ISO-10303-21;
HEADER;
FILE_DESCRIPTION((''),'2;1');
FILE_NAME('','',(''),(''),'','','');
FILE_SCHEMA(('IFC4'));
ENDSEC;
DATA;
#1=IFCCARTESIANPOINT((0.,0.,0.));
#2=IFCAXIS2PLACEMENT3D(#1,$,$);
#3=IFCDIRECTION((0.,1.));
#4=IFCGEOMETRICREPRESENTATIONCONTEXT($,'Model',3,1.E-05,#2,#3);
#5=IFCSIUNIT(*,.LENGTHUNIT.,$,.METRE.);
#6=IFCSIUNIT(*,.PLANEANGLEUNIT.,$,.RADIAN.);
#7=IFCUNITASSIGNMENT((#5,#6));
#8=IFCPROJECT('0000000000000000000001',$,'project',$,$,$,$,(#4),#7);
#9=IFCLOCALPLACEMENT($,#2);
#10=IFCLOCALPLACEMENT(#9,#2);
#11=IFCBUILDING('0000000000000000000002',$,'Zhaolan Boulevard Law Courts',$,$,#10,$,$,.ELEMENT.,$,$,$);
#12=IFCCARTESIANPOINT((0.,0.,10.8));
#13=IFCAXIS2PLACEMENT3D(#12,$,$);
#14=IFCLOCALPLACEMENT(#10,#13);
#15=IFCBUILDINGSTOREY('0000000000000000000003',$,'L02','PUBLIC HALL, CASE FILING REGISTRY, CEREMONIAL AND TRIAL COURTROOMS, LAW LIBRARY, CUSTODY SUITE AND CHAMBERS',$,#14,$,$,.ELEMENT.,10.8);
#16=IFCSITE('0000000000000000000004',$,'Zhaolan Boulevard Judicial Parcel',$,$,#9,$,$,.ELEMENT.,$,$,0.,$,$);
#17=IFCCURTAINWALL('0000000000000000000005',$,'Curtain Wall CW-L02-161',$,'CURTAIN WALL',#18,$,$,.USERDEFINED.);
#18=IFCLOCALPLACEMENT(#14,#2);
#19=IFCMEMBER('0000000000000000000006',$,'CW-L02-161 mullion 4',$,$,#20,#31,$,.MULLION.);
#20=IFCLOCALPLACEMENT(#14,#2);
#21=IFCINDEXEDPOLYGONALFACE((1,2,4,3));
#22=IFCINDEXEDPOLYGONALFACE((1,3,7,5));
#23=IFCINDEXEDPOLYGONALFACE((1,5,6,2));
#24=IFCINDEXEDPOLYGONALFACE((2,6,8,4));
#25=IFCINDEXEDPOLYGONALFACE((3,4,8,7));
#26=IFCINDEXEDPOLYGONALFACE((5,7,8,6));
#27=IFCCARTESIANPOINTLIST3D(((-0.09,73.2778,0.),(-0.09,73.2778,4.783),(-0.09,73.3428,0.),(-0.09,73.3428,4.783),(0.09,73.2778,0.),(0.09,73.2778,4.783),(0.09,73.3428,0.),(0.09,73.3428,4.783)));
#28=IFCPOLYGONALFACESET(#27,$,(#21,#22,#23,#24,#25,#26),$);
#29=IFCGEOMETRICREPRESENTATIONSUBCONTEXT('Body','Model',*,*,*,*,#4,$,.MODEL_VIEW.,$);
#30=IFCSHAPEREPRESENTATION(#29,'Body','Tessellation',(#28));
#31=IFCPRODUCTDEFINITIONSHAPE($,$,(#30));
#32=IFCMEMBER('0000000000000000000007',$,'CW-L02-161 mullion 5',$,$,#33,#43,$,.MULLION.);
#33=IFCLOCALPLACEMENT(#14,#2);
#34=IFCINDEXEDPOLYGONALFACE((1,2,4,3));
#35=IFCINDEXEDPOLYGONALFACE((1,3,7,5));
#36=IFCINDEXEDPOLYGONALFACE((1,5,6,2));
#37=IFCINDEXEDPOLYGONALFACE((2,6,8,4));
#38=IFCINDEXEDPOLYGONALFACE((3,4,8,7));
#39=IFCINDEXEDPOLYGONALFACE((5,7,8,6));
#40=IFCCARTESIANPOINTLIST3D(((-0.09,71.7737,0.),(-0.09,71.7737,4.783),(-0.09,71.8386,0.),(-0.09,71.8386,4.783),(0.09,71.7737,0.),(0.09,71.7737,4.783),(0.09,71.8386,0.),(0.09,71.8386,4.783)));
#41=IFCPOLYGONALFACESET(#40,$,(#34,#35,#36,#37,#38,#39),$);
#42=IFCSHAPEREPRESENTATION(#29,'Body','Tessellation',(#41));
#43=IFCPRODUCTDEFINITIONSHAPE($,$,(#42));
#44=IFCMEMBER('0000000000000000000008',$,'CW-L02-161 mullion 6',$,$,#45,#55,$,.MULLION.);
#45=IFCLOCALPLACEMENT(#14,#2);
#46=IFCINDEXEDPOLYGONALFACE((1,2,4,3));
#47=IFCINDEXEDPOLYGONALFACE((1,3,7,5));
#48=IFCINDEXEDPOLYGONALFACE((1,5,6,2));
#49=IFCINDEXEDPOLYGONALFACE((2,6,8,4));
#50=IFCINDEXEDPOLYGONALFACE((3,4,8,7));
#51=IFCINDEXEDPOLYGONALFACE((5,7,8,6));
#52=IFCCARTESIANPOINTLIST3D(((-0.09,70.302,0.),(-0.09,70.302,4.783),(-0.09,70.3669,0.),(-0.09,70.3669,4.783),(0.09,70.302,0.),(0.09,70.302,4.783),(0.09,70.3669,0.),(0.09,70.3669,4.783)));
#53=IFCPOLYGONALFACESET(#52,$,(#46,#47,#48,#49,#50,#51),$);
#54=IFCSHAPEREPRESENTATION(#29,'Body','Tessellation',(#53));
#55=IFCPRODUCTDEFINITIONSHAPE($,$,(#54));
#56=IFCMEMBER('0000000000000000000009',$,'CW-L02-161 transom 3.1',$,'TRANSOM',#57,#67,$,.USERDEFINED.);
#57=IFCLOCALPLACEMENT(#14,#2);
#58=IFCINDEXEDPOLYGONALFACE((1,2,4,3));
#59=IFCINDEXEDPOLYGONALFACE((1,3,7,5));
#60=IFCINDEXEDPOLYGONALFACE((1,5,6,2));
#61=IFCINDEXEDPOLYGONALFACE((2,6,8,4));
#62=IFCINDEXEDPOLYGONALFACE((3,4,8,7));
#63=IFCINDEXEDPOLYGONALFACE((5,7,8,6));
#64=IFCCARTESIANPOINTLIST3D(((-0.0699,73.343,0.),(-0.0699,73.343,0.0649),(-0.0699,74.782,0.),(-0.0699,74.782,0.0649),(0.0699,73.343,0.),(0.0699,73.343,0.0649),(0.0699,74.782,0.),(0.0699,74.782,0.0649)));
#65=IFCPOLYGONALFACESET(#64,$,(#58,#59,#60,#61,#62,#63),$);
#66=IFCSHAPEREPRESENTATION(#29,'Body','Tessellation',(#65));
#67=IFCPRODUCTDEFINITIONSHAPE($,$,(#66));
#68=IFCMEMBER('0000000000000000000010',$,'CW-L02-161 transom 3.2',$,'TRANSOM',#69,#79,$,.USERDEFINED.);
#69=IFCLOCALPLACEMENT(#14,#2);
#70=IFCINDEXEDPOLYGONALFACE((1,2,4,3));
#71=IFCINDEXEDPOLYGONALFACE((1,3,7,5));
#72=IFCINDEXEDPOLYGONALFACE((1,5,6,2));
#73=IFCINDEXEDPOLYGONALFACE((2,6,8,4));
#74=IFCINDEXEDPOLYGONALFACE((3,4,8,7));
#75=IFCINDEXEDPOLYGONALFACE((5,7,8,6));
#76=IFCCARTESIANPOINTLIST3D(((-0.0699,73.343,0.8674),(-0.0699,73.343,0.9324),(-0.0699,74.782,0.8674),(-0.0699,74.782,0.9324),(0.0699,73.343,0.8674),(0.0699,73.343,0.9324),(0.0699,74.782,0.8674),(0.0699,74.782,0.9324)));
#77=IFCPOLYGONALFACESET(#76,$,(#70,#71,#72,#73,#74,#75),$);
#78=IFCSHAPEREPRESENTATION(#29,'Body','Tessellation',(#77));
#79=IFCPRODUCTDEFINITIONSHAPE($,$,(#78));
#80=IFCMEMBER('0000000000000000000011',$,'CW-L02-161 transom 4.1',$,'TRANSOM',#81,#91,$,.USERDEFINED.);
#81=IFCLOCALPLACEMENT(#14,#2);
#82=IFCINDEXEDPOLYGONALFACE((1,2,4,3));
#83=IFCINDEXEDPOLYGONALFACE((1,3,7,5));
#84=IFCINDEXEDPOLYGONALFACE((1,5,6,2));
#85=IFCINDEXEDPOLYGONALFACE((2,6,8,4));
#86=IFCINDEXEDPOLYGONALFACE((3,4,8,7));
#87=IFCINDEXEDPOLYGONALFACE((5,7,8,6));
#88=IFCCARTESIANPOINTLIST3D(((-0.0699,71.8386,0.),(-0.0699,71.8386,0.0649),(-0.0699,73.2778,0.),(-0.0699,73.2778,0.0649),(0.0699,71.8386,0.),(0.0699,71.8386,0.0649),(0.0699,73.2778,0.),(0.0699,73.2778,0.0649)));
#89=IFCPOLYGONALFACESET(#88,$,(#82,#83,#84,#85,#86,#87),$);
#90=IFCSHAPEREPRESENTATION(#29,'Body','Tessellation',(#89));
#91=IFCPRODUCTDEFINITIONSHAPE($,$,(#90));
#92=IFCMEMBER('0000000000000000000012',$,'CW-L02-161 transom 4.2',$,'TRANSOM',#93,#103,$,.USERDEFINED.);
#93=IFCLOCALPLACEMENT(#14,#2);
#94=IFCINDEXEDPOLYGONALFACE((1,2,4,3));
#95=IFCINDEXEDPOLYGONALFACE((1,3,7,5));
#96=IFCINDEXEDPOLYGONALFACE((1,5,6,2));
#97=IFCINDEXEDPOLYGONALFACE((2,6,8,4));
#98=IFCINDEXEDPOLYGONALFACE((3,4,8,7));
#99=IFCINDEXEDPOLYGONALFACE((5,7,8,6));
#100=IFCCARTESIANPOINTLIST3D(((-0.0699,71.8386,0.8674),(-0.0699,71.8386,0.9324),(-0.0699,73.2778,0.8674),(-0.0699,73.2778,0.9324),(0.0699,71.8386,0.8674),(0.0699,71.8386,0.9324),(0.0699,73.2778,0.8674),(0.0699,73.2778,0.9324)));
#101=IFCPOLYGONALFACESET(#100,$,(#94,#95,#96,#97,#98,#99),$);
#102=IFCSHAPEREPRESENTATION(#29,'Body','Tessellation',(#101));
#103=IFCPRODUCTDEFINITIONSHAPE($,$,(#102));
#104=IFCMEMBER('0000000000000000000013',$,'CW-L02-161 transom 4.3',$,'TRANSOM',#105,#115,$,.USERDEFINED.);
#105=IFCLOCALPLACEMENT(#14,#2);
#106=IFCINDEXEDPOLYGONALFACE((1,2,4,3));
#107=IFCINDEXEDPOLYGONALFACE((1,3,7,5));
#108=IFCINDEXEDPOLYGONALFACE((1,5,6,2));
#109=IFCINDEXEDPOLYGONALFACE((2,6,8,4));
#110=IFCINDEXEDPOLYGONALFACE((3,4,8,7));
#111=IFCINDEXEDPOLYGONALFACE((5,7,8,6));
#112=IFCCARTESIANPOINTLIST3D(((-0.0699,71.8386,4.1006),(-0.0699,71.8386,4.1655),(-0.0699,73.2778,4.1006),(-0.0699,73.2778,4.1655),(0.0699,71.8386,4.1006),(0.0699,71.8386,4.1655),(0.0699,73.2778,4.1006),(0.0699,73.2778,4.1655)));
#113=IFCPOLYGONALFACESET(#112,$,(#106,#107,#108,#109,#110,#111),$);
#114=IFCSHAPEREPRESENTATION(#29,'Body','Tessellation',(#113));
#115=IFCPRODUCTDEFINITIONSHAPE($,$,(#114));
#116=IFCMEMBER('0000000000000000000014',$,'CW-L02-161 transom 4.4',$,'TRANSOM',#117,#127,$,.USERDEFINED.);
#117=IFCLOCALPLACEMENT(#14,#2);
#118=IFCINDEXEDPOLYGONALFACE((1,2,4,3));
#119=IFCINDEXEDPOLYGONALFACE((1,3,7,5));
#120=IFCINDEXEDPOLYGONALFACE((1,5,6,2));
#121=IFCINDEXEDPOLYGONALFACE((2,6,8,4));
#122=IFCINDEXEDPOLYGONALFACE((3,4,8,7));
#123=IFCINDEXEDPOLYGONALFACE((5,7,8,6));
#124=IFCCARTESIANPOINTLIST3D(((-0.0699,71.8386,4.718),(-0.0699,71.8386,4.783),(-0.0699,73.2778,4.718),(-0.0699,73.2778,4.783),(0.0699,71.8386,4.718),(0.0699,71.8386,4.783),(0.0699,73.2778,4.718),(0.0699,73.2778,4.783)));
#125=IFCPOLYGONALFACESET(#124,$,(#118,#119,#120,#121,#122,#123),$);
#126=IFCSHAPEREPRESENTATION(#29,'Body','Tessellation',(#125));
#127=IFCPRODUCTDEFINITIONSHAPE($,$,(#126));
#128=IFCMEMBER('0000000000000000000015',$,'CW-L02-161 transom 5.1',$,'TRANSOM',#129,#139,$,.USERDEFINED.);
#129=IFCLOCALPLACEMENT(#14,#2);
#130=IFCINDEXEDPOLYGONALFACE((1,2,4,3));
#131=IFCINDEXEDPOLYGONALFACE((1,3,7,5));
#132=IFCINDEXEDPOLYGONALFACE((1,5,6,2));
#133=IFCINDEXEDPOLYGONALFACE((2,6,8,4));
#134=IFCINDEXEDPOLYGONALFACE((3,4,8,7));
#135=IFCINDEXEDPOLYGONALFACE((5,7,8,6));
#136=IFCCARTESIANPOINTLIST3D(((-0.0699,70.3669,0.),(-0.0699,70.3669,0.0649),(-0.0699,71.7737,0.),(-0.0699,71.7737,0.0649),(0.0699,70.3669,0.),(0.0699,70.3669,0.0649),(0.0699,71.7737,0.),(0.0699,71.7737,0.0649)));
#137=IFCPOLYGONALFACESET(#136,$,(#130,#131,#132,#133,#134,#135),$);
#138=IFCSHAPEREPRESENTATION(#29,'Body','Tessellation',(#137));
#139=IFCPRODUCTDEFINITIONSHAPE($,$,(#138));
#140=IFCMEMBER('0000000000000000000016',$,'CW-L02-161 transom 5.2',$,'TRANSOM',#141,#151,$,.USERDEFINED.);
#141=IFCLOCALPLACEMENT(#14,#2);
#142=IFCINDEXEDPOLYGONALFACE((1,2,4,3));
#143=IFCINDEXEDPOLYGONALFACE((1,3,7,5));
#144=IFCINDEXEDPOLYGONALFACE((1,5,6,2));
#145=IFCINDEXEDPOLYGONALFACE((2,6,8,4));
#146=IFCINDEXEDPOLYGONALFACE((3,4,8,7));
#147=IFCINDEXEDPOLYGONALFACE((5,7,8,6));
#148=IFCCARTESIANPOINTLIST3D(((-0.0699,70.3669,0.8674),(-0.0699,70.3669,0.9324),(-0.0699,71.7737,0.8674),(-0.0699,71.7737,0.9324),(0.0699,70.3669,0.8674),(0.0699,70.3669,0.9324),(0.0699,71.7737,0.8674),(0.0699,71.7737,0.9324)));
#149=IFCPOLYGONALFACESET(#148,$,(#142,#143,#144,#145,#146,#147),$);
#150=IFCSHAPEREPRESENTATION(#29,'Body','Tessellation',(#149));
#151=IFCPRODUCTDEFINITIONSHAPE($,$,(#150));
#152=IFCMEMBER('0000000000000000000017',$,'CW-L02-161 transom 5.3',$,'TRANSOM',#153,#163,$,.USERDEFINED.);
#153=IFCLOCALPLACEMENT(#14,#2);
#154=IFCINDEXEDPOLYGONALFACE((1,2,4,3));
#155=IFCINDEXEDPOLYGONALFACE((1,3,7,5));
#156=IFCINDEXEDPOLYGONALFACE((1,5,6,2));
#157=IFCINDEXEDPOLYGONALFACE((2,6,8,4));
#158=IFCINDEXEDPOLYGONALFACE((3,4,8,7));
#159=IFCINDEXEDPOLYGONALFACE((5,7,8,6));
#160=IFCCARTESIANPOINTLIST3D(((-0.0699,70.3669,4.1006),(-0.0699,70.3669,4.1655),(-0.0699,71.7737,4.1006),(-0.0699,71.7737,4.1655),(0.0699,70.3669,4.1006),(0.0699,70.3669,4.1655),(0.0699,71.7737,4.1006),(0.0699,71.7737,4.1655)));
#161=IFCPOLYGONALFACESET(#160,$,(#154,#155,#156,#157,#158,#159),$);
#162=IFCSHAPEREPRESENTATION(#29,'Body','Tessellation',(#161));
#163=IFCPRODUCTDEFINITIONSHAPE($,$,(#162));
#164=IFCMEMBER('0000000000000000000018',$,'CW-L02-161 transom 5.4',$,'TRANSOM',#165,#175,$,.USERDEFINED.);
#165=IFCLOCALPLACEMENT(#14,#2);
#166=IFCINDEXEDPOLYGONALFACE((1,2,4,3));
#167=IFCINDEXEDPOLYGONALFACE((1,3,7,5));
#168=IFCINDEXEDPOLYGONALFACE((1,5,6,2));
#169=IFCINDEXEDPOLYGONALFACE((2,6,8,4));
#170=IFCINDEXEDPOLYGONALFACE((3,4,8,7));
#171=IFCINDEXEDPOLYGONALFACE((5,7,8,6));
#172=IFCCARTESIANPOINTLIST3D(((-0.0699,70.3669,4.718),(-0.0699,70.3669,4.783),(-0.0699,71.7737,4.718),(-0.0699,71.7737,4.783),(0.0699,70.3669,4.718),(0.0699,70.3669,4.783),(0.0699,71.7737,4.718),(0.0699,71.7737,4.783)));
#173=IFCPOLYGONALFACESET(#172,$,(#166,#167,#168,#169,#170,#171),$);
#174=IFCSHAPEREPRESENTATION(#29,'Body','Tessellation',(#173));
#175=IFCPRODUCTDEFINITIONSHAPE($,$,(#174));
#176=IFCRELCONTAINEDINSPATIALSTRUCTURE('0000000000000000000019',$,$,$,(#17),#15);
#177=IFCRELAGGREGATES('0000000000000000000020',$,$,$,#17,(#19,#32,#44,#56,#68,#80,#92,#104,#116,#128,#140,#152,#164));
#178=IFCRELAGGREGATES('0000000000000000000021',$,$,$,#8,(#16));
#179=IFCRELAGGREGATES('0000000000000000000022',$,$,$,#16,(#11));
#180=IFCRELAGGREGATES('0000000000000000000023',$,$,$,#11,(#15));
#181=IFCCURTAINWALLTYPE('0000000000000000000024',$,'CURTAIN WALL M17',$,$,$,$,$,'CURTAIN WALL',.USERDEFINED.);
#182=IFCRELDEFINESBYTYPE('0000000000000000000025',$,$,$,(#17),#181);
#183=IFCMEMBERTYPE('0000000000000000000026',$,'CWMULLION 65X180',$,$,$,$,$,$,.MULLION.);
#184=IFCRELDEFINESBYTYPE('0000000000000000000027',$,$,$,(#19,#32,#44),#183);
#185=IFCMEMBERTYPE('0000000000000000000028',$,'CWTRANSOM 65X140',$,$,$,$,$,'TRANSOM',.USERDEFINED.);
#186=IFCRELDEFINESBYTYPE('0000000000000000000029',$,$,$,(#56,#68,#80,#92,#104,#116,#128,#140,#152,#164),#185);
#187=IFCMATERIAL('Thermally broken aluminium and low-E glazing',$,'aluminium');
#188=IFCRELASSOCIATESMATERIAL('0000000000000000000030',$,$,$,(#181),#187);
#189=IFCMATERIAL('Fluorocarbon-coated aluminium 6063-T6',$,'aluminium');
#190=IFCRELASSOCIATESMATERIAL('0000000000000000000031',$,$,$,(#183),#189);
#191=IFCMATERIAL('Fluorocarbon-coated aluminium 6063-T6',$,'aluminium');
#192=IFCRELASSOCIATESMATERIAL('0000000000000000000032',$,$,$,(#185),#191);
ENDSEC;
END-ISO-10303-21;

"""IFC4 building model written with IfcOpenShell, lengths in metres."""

from ifc_helpers import new_model, si_unit, direction, frame, origin, origin_2d, place, context, subcontext, project, spatial, rectangle, extrude, material, material_profile, profile_set, type_object, element, aggregate, save


model = new_model("IFC4")

# Units and contexts
model_context = context("Model", 3, precision=1e-05, world=origin(), true_north=direction((0.0, 1.0)))
body_context = subcontext(model_context, "Body", "Model", "MODEL_VIEW")
ifc_project = project(units=[si_unit("LENGTHUNIT", "METRE"), si_unit("PLANEANGLEUNIT", "RADIAN")], contexts=[model_context])

# Site, building, storey
site_placement = place(None, origin())
site = spatial("IfcSite", under=ifc_project, at=site_placement, Name="Zhaolan Boulevard Judicial Parcel", CompositionType="ELEMENT", RefElevation=0.0)
building_placement = place(site_placement, origin())
building = spatial("IfcBuilding", under=site, at=building_placement, Name="Zhaolan Boulevard Law Courts", CompositionType="ELEMENT")
storey_placement = place(building_placement, frame((0.0, 0.0, 10.8)))
storey = spatial("IfcBuildingStorey", under=building, at=storey_placement, Name="L02", Description="PUBLIC HALL, CASE FILING REGISTRY, CEREMONIAL AND TRIAL COURTROOMS, LAW LIBRARY, CUSTODY SUITE AND CHAMBERS", CompositionType="ELEMENT", Elevation=10.8)

# Curtain wall, members
ifc_material_1 = material(Name="Thermally broken aluminium and low-E glazing", Category="aluminium")
curtain_wall_type = type_object("IfcCurtainWallType", Name="CURTAIN WALL M17", ElementType="CURTAIN WALL", PredefinedType="USERDEFINED", material=ifc_material_1)
curtain_wall_placement = place(storey_placement, origin())
curtain_wall = element("IfcCurtainWall", 1, at=curtain_wall_placement, inside=storey, type_object=curtain_wall_type, Name="Curtain Wall CW-L02-161", ObjectType="CURTAIN WALL", PredefinedType="USERDEFINED")
ifc_material_2 = material(Name="Fluorocarbon-coated aluminium 6063-T6", Category="aluminium")
ifc_material_profile_1 = material_profile(ifc_material_2, rectangle(XDim=0.1799, YDim=0.0649, at=origin_2d()), Name="AL65x180")
ifc_profile_set_1 = profile_set([ifc_material_profile_1], Name="Fluorocarbon-coated aluminium 6063-T6")
member_type_1 = type_object("IfcMemberType", Name="CWMULLION 65X180", PredefinedType="MULLION", material=ifc_profile_set_1)
member_1_placement = place(storey_placement, frame((0.0, 73.3103, 0.0), z_axis=(0.0, 0.0, 1.0), x_axis=(1.0, 0.0, 0.0)))
member_1 = element("IfcMember", 2, at=member_1_placement, type_object=member_type_1, Name="CW-L02-161 mullion 4", PredefinedType="MULLION", context=body_context, shape_type="SweptSolid", body=[
    extrude(rectangle(XDim=0.1799, YDim=0.0649, at=origin_2d()), origin(), (0.0, 0.0, 1.0), 4.783),
])
member_2_placement = place(storey_placement, frame((0.0, 71.8062, 0.0), z_axis=(0.0, 0.0, 1.0), x_axis=(1.0, 0.0, 0.0)))
member_2 = element("IfcMember", 3, at=member_2_placement, type_object=member_type_1, Name="CW-L02-161 mullion 5", PredefinedType="MULLION", context=body_context, shape_type="SweptSolid", body=[
    extrude(rectangle(XDim=0.1799, YDim=0.0649, at=origin_2d()), origin(), (0.0, 0.0, 1.0), 4.783),
])
member_3_placement = place(storey_placement, frame((0.0, 70.3345, 0.0), z_axis=(0.0, 0.0, 1.0), x_axis=(1.0, 0.0, 0.0)))
member_3 = element("IfcMember", 4, at=member_3_placement, type_object=member_type_1, Name="CW-L02-161 mullion 6", PredefinedType="MULLION", context=body_context, shape_type="SweptSolid", body=[
    extrude(rectangle(XDim=0.1799, YDim=0.0649, at=origin_2d()), origin(), (0.0, 0.0, 1.0), 4.783),
])
ifc_material_3 = material(Name="Fluorocarbon-coated aluminium 6063-T6", Category="aluminium")
ifc_material_profile_2 = material_profile(ifc_material_3, rectangle(XDim=0.1399, YDim=0.0649, at=origin_2d()), Name="AL65x140")
ifc_profile_set_2 = profile_set([ifc_material_profile_2], Name="Fluorocarbon-coated aluminium 6063-T6")
member_type_2 = type_object("IfcMemberType", Name="CWTRANSOM 65X140", ElementType="TRANSOM", PredefinedType="USERDEFINED", material=ifc_profile_set_2)
member_4_placement = place(storey_placement, frame((0.0, 74.782, 0.0325), z_axis=(0.0, -1.0, 0.0), x_axis=(1.0, 0.0, 0.0)))
member_4 = element("IfcMember", 5, at=member_4_placement, type_object=member_type_2, Name="CW-L02-161 transom 3.1", ObjectType="TRANSOM", PredefinedType="USERDEFINED", context=body_context, shape_type="SweptSolid", body=[
    extrude(rectangle(XDim=0.1399, YDim=0.0649, at=origin_2d()), origin(), (0.0, 0.0, 1.0), 1.439),
])
member_5_placement = place(storey_placement, frame((0.0, 74.782, 0.8999), z_axis=(0.0, -1.0, 0.0), x_axis=(1.0, 0.0, 0.0)))
member_5 = element("IfcMember", 6, at=member_5_placement, type_object=member_type_2, Name="CW-L02-161 transom 3.2", ObjectType="TRANSOM", PredefinedType="USERDEFINED", context=body_context, shape_type="SweptSolid", body=[
    extrude(rectangle(XDim=0.1399, YDim=0.0649, at=origin_2d()), origin(), (0.0, 0.0, 1.0), 1.439),
])
member_6_placement = place(storey_placement, frame((0.0, 73.2778, 0.0325), z_axis=(0.0, -1.0, 0.0), x_axis=(1.0, 0.0, 0.0)))
member_6 = element("IfcMember", 7, at=member_6_placement, type_object=member_type_2, Name="CW-L02-161 transom 4.1", ObjectType="TRANSOM", PredefinedType="USERDEFINED", context=body_context, shape_type="SweptSolid", body=[
    extrude(rectangle(XDim=0.1399, YDim=0.0649, at=origin_2d()), origin(), (0.0, 0.0, 1.0), 1.4392),
])
member_7_placement = place(storey_placement, frame((0.0, 73.2778, 0.8999), z_axis=(0.0, -1.0, 0.0), x_axis=(1.0, 0.0, 0.0)))
member_7 = element("IfcMember", 8, at=member_7_placement, type_object=member_type_2, Name="CW-L02-161 transom 4.2", ObjectType="TRANSOM", PredefinedType="USERDEFINED", context=body_context, shape_type="SweptSolid", body=[
    extrude(rectangle(XDim=0.1399, YDim=0.0649, at=origin_2d()), origin(), (0.0, 0.0, 1.0), 1.4392),
])
member_8_placement = place(storey_placement, frame((0.0, 73.2778, 4.1331), z_axis=(0.0, -1.0, 0.0), x_axis=(1.0, 0.0, 0.0)))
member_8 = element("IfcMember", 9, at=member_8_placement, type_object=member_type_2, Name="CW-L02-161 transom 4.3", ObjectType="TRANSOM", PredefinedType="USERDEFINED", context=body_context, shape_type="SweptSolid", body=[
    extrude(rectangle(XDim=0.1399, YDim=0.0649, at=origin_2d()), origin(), (0.0, 0.0, 1.0), 1.4392),
])
member_9_placement = place(storey_placement, frame((0.0, 73.2778, 4.7505), z_axis=(0.0, -1.0, 0.0), x_axis=(1.0, 0.0, 0.0)))
member_9 = element("IfcMember", 10, at=member_9_placement, type_object=member_type_2, Name="CW-L02-161 transom 4.4", ObjectType="TRANSOM", PredefinedType="USERDEFINED", context=body_context, shape_type="SweptSolid", body=[
    extrude(rectangle(XDim=0.1399, YDim=0.0649, at=origin_2d()), origin(), (0.0, 0.0, 1.0), 1.4392),
])
member_10_placement = place(storey_placement, frame((0.0, 71.7737, 0.0325), z_axis=(0.0, -1.0, 0.0), x_axis=(1.0, 0.0, 0.0)))
member_10 = element("IfcMember", 11, at=member_10_placement, type_object=member_type_2, Name="CW-L02-161 transom 5.1", ObjectType="TRANSOM", PredefinedType="USERDEFINED", context=body_context, shape_type="SweptSolid", body=[
    extrude(rectangle(XDim=0.1399, YDim=0.0649, at=origin_2d()), origin(), (0.0, 0.0, 1.0), 1.4067),
])
member_11_placement = place(storey_placement, frame((0.0, 71.7737, 0.8999), z_axis=(0.0, -1.0, 0.0), x_axis=(1.0, 0.0, 0.0)))
member_11 = element("IfcMember", 12, at=member_11_placement, type_object=member_type_2, Name="CW-L02-161 transom 5.2", ObjectType="TRANSOM", PredefinedType="USERDEFINED", context=body_context, shape_type="SweptSolid", body=[
    extrude(rectangle(XDim=0.1399, YDim=0.0649, at=origin_2d()), origin(), (0.0, 0.0, 1.0), 1.4067),
])
member_12_placement = place(storey_placement, frame((0.0, 71.7737, 4.1331), z_axis=(0.0, -1.0, 0.0), x_axis=(1.0, 0.0, 0.0)))
member_12 = element("IfcMember", 13, at=member_12_placement, type_object=member_type_2, Name="CW-L02-161 transom 5.3", ObjectType="TRANSOM", PredefinedType="USERDEFINED", context=body_context, shape_type="SweptSolid", body=[
    extrude(rectangle(XDim=0.1399, YDim=0.0649, at=origin_2d()), origin(), (0.0, 0.0, 1.0), 1.4067),
])
member_13_placement = place(storey_placement, frame((0.0, 71.7737, 4.7505), z_axis=(0.0, -1.0, 0.0), x_axis=(1.0, 0.0, 0.0)))
member_13 = element("IfcMember", 14, at=member_13_placement, type_object=member_type_2, Name="CW-L02-161 transom 5.4", ObjectType="TRANSOM", PredefinedType="USERDEFINED", context=body_context, shape_type="SweptSolid", body=[
    extrude(rectangle(XDim=0.1399, YDim=0.0649, at=origin_2d()), origin(), (0.0, 0.0, 1.0), 1.4067),
])

aggregate(curtain_wall, [member_1, member_2, member_3, member_4, member_5, member_6, member_7, member_8, member_9, member_10, member_11, member_12, member_13])

save(model, "model.ifc")
